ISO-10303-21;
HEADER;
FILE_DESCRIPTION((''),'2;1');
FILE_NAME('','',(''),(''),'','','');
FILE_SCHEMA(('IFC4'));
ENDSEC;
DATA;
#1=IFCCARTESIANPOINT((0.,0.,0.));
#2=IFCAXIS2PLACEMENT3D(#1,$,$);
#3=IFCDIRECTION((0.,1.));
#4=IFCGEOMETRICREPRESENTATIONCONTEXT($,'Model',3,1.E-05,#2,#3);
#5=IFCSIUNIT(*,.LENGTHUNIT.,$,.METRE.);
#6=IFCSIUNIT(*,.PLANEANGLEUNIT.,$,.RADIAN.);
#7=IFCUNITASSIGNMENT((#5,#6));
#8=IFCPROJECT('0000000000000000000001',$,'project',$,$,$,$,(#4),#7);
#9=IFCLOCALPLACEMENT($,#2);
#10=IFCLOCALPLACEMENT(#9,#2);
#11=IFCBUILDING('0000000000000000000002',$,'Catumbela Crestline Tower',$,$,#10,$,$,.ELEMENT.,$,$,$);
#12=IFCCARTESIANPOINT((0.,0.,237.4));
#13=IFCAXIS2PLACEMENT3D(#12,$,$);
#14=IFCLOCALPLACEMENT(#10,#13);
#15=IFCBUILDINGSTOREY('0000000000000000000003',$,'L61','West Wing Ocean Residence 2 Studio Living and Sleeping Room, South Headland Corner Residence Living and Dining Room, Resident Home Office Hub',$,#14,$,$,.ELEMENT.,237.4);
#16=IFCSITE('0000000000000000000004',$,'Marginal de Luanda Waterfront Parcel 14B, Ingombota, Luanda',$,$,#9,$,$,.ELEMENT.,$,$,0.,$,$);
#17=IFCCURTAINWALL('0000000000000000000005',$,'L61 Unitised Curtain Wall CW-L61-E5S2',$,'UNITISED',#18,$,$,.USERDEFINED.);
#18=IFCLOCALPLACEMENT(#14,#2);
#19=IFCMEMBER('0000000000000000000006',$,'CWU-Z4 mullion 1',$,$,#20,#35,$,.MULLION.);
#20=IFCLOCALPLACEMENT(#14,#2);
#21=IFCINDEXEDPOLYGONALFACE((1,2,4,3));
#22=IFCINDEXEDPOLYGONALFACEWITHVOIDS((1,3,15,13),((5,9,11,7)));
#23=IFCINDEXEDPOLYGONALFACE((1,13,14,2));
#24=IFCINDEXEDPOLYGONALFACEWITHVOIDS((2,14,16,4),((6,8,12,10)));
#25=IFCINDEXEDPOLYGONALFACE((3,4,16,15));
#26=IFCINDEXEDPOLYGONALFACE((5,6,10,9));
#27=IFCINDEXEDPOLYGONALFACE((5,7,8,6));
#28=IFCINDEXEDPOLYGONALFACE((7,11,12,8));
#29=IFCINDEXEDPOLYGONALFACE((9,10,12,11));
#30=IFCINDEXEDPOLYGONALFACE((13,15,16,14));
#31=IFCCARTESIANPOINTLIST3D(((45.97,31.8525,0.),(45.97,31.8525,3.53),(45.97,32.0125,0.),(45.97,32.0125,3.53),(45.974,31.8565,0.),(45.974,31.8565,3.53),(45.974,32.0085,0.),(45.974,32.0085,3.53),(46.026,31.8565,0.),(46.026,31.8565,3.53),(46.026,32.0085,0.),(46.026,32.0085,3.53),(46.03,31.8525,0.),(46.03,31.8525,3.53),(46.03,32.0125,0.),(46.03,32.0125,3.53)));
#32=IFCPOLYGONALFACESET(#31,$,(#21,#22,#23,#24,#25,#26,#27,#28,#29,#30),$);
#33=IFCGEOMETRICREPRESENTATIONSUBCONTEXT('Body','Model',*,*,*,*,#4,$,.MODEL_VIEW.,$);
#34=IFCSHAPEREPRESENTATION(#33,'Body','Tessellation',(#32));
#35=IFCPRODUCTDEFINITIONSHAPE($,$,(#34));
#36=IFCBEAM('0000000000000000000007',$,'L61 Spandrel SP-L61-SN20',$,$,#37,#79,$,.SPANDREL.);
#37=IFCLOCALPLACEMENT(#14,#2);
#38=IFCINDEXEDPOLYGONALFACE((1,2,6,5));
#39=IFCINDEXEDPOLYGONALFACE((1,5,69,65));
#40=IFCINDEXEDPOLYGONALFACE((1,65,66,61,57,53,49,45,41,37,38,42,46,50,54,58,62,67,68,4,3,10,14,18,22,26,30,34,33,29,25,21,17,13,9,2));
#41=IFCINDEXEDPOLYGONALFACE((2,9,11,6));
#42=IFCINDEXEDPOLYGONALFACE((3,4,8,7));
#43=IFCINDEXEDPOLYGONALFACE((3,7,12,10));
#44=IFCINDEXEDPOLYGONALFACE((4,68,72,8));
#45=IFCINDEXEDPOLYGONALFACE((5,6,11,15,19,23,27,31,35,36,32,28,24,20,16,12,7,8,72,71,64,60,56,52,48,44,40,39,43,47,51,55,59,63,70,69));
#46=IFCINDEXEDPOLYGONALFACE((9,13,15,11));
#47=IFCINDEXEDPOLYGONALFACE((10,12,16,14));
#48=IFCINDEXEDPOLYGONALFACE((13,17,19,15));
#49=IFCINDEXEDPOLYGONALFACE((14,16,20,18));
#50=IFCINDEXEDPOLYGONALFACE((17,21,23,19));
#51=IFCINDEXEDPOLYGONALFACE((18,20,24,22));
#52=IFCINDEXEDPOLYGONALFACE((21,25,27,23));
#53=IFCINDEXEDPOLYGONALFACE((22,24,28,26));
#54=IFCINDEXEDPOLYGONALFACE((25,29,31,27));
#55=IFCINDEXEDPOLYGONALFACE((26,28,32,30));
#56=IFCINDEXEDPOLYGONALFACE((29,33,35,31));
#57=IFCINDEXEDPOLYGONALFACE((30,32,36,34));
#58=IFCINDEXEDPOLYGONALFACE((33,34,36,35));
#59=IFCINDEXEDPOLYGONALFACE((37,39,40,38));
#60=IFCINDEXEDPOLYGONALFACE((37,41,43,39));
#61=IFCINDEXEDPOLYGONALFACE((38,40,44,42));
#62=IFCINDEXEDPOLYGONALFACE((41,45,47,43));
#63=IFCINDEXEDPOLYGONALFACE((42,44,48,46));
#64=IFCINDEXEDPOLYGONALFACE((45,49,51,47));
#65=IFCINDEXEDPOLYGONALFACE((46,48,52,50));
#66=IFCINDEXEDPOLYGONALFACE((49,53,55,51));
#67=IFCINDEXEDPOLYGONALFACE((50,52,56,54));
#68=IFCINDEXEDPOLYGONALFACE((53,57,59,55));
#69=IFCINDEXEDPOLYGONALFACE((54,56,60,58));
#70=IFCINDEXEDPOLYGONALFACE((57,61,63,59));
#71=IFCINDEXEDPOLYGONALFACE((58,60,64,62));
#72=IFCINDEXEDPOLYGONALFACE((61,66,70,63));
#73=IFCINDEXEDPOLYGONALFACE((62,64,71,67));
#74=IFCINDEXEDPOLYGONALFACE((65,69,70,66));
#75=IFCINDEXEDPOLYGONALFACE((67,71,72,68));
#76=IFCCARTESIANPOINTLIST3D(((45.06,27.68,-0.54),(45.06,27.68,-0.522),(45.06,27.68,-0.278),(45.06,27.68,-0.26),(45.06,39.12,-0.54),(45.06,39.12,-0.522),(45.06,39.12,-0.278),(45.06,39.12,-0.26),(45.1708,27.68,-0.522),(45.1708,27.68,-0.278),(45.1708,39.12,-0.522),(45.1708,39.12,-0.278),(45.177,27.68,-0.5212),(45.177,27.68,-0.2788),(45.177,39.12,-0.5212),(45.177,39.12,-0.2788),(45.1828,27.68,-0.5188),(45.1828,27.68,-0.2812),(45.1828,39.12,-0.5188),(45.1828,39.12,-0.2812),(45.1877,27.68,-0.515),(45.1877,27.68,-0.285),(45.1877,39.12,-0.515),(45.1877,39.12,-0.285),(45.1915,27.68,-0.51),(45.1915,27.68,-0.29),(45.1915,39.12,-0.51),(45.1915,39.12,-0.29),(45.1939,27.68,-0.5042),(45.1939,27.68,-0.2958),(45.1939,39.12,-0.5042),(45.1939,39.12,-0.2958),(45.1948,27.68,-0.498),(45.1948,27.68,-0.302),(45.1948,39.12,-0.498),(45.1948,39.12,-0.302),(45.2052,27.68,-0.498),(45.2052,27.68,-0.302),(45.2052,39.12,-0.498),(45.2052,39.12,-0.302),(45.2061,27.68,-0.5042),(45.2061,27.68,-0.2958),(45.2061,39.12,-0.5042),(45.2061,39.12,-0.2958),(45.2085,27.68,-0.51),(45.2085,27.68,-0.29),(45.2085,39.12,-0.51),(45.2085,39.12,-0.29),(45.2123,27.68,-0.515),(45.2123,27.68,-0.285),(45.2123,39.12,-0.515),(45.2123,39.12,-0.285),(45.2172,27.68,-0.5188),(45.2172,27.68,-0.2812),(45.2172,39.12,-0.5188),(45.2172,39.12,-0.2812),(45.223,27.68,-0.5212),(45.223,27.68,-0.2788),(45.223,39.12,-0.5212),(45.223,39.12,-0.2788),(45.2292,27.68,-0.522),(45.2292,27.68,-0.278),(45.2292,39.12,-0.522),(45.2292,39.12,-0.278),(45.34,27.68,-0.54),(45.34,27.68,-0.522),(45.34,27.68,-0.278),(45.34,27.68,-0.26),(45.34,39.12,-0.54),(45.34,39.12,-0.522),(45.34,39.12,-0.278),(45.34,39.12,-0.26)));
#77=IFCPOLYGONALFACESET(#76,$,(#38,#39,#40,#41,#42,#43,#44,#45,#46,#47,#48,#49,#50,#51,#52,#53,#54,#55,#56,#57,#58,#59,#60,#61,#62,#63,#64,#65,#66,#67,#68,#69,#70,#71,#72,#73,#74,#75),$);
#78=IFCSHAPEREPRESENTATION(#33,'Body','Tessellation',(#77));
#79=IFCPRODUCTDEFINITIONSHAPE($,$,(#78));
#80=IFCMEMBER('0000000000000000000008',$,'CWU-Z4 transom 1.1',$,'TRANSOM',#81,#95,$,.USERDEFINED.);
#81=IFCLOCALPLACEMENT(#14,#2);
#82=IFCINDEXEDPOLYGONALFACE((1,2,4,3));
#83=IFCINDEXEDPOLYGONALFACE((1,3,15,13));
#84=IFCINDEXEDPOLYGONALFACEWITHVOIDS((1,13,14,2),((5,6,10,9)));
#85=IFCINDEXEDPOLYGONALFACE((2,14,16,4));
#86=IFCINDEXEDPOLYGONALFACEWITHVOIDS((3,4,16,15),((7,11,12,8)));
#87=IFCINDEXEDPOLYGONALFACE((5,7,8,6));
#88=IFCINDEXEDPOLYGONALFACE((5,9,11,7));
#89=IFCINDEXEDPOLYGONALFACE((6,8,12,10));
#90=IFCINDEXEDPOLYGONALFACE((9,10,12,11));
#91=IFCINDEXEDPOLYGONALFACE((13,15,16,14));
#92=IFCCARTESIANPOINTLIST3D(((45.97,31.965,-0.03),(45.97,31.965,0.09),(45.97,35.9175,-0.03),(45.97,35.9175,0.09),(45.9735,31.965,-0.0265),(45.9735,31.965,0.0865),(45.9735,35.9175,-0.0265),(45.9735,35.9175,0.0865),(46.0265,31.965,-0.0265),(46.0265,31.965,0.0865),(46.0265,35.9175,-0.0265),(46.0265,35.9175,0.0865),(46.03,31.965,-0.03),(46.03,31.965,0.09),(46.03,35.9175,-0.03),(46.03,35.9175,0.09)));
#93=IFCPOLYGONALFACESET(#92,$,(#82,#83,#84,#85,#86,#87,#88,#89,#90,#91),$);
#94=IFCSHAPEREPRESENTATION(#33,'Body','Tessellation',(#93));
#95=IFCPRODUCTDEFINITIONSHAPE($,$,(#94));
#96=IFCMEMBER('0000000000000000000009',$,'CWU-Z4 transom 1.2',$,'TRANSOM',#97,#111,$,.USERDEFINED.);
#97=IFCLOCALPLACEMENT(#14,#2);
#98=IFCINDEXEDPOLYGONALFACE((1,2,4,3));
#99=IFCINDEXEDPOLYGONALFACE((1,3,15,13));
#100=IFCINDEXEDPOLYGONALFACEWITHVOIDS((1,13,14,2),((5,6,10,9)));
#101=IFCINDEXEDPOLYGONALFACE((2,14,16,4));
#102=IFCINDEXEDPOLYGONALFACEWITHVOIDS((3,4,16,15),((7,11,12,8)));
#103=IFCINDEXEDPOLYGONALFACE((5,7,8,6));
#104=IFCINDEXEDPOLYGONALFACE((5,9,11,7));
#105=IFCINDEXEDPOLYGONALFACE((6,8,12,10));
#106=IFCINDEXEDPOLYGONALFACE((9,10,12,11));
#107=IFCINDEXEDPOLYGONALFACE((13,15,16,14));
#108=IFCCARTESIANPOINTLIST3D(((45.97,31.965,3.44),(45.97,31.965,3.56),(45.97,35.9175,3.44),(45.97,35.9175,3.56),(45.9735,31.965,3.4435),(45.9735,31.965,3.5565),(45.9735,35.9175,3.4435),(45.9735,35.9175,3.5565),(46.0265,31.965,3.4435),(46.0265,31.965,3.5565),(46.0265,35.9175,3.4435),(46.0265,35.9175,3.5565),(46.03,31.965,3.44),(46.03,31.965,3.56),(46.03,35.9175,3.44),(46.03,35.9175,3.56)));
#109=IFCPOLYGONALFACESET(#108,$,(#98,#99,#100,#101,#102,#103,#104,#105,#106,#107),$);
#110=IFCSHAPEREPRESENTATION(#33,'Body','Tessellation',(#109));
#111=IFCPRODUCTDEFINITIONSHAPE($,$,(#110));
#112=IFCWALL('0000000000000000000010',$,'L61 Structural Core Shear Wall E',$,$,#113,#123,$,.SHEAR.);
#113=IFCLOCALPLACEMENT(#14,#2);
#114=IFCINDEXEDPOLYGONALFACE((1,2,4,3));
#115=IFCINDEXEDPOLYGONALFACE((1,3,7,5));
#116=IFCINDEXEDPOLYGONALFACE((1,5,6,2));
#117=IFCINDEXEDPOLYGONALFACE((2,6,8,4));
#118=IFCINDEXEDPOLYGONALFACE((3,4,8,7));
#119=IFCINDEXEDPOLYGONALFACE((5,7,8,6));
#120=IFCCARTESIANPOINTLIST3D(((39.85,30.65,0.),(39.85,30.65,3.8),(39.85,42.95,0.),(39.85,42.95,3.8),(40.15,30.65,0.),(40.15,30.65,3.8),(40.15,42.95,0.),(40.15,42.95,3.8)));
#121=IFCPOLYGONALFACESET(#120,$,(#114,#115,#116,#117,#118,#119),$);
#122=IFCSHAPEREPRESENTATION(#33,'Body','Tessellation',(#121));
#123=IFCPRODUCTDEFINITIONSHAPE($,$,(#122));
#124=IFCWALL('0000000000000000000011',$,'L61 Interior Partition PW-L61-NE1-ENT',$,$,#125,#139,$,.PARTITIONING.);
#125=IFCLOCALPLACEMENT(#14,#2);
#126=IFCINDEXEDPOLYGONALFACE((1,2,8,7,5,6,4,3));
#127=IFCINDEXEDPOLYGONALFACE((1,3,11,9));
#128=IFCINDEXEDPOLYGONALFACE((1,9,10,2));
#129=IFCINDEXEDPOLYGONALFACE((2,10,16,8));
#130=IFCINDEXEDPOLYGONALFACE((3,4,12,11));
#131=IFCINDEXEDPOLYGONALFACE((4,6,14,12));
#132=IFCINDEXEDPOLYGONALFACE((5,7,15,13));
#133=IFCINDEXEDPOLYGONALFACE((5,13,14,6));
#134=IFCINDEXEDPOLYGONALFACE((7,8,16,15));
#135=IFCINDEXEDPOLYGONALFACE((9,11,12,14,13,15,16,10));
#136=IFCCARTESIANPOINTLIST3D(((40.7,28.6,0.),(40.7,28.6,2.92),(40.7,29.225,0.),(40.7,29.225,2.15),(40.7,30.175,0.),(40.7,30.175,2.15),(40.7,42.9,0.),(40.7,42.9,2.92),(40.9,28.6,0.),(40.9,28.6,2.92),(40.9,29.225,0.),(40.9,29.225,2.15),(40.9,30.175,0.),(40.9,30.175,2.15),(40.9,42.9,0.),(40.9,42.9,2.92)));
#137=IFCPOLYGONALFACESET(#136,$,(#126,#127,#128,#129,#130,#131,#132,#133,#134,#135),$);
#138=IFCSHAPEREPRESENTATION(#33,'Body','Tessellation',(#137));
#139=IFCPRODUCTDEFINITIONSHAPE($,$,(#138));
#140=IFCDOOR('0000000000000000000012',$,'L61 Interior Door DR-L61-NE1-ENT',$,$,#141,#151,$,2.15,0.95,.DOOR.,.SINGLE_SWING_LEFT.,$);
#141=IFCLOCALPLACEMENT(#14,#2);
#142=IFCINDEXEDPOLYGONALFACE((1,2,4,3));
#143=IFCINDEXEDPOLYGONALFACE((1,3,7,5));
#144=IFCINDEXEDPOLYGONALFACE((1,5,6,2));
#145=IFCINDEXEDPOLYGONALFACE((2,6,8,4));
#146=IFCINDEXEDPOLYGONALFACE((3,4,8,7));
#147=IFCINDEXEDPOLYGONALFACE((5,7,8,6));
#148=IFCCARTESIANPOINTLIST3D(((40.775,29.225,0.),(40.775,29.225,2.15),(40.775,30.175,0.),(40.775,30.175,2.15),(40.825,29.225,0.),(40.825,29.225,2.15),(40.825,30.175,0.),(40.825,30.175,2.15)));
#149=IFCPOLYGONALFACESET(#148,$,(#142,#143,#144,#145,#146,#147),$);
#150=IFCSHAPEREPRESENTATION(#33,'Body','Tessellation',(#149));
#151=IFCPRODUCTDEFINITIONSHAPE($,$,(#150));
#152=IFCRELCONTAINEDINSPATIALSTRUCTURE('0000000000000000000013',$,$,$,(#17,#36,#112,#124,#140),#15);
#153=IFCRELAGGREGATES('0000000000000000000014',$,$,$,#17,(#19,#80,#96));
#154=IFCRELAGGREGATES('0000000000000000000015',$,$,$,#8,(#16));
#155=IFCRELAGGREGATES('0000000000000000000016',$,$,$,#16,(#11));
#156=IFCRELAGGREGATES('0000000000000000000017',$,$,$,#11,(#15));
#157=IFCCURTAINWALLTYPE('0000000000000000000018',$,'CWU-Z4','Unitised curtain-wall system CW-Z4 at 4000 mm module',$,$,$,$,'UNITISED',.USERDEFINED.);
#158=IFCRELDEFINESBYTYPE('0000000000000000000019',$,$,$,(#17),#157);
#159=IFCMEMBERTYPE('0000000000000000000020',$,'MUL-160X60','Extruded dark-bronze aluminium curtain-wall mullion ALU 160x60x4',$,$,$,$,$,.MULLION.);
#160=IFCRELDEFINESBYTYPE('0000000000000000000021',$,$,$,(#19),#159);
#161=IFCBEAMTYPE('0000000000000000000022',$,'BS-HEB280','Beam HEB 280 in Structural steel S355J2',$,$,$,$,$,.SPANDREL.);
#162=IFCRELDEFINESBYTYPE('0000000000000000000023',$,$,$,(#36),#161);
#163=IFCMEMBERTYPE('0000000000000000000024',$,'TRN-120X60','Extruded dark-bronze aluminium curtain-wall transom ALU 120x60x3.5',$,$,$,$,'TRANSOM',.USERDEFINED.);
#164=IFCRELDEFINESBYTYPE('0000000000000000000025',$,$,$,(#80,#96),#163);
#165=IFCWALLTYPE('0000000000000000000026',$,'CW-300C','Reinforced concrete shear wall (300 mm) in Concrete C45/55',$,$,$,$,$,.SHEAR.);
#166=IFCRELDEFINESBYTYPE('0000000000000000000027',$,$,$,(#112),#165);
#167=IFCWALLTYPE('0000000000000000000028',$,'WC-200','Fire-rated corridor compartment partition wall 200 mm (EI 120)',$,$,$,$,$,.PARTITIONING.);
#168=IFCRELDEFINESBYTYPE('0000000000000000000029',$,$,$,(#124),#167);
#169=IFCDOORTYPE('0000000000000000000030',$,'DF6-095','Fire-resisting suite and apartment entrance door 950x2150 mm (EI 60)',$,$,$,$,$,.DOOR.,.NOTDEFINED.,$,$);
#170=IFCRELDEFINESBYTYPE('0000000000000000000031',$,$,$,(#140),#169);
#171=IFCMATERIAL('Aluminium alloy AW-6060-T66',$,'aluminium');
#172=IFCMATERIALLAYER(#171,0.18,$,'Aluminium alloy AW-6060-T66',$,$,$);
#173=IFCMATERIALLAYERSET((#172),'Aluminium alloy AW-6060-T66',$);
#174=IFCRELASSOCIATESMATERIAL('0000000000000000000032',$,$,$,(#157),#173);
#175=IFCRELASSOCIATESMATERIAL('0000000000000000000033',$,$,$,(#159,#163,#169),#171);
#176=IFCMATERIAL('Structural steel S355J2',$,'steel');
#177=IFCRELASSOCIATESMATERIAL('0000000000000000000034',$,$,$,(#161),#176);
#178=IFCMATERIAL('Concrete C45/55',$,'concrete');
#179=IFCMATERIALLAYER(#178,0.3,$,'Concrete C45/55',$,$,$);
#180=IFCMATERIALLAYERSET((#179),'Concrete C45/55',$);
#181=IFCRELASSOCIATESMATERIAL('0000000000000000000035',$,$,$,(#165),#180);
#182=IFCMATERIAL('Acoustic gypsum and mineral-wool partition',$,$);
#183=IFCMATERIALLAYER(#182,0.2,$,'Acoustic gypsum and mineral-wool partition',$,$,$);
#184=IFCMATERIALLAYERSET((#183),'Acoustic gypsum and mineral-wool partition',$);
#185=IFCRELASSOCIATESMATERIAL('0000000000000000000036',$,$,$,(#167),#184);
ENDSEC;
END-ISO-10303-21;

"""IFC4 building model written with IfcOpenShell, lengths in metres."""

from ifc_helpers import new_model, si_unit, direction, frame, frame_2d, origin, origin_2d, place, context, subcontext, project, spatial, rectangle, hollow_rectangle, i_section, extrude, material, layer, layer_set, material_profile, profile_set, type_object, element, fill, aggregate, save


model = new_model("IFC4")

# Units and contexts
model_context = context("Model", 3, precision=1e-05, world=origin(), true_north=direction((0.0, 1.0)))
body_context = subcontext(model_context, "Body", "Model", "MODEL_VIEW")
ifc_project = project(units=[si_unit("LENGTHUNIT", "METRE"), si_unit("PLANEANGLEUNIT", "RADIAN")], contexts=[model_context])

# Site, building, storey
site_placement = place(None, origin())
site = spatial("IfcSite", under=ifc_project, at=site_placement, Name="Marginal de Luanda Waterfront Parcel 14B, Ingombota, Luanda", CompositionType="ELEMENT", RefElevation=0.0)
building_placement = place(site_placement, origin())
building = spatial("IfcBuilding", under=site, at=building_placement, Name="Catumbela Crestline Tower", CompositionType="ELEMENT")
storey_placement = place(building_placement, frame((0.0, 0.0, 237.4)))
storey = spatial("IfcBuildingStorey", under=building, at=storey_placement, Name="L61", Description="West Wing Ocean Residence 2 Studio Living and Sleeping Room, South Headland Corner Residence Living and Dining Room, Resident Home Office Hub", CompositionType="ELEMENT", Elevation=237.4)

# Shared definitions
ifc_material_1 = material(Name="Structural steel S355J2", Category="steel")

# Curtain wall, member
ifc_material_2 = material(Name="Aluminium alloy AW-6060-T66", Category="aluminium")
ifc_layer_1 = layer(ifc_material_2, 0.18, Name="Aluminium alloy AW-6060-T66")
ifc_layer_set_1 = layer_set([ifc_layer_1], Name="Aluminium alloy AW-6060-T66")
curtain_wall_type = type_object("IfcCurtainWallType", Name="CWU-Z4", Description="Unitised curtain-wall system CW-Z4 at 4000 mm module", ElementType="UNITISED", PredefinedType="USERDEFINED", material=ifc_layer_set_1)
curtain_wall_placement = place(storey_placement, origin())
curtain_wall = element("IfcCurtainWall", 1, at=curtain_wall_placement, inside=storey, type_object=curtain_wall_type, Name="L61 Unitised Curtain Wall CW-L61-E5S2", ObjectType="UNITISED", PredefinedType="USERDEFINED")
ifc_material_profile_1 = material_profile(ifc_material_2, hollow_rectangle(XDim=0.06, YDim=0.16, WallThickness=0.004, at=origin_2d()), Name="ALU 160x60x4")
ifc_profile_set_1 = profile_set([ifc_material_profile_1], Name="Aluminium alloy AW-6060-T66")
member_type_1 = type_object("IfcMemberType", Name="MUL-160X60", Description="Extruded dark-bronze aluminium curtain-wall mullion ALU 160x60x4", PredefinedType="MULLION", material=ifc_profile_set_1)
member_1_placement = place(storey_placement, frame((46.0, 31.9325, 0.0), z_axis=(0.0, 0.0, 1.0), x_axis=(-1.0, 0.0, 0.0)))
member_1 = element("IfcMember", 2, at=member_1_placement, type_object=member_type_1, Name="CWU-Z4 mullion 1", PredefinedType="MULLION", context=body_context, shape_type="SweptSolid", body=[
    extrude(hollow_rectangle(XDim=0.06, YDim=0.16, WallThickness=0.004, at=origin_2d()), origin(), (0.0, 0.0, 1.0), 3.53),
])

# Beam
ifc_material_profile_2 = material_profile(ifc_material_1, i_section(OverallWidth=0.28, OverallDepth=0.28, WebThickness=0.0105, FlangeThickness=0.018, FilletRadius=0.024, at=origin_2d()), Name="HEB 280")
ifc_profile_set_2 = profile_set([ifc_material_profile_2], Name="Structural steel S355J2")
beam_type_1 = type_object("IfcBeamType", Name="BS-HEB280", Description="Beam HEB 280 in Structural steel S355J2", PredefinedType="SPANDREL", material=ifc_profile_set_2)
beam_1_placement = place(storey_placement, frame((45.2, 27.68, -0.4), z_axis=(0.0, 1.0, 0.0), x_axis=(-1.0, 0.0, 0.0)))
element("IfcBeam", 3, at=beam_1_placement, inside=storey, type_object=beam_type_1, Name="L61 Spandrel SP-L61-SN20", PredefinedType="SPANDREL", context=body_context, shape_type="SweptSolid", body=[
    extrude(i_section(OverallWidth=0.28, OverallDepth=0.28, WebThickness=0.0105, FlangeThickness=0.018, FilletRadius=0.024, at=origin_2d()), origin(), (0.0, 0.0, 1.0), 11.44),
])

# Members
ifc_material_profile_3 = material_profile(ifc_material_2, hollow_rectangle(XDim=0.06, YDim=0.12, WallThickness=0.0035, at=origin_2d()), Name="ALU 120x60x3.5")
ifc_profile_set_3 = profile_set([ifc_material_profile_3], Name="Aluminium alloy AW-6060-T66")
member_type_2 = type_object("IfcMemberType", Name="TRN-120X60", Description="Extruded dark-bronze aluminium curtain-wall transom ALU 120x60x3.5", ElementType="TRANSOM", PredefinedType="USERDEFINED", material=ifc_profile_set_3)
member_2_placement = place(storey_placement, frame((46.0, 31.965, 0.03), z_axis=(0.0, 1.0, 0.0), x_axis=(-1.0, 0.0, 0.0)))
member_2 = element("IfcMember", 4, at=member_2_placement, type_object=member_type_2, Name="CWU-Z4 transom 1.1", ObjectType="TRANSOM", PredefinedType="USERDEFINED", context=body_context, shape_type="SweptSolid", body=[
    extrude(hollow_rectangle(XDim=0.06, YDim=0.12, WallThickness=0.0035, at=origin_2d()), origin(), (0.0, 0.0, 1.0), 3.9525),
])
member_3_placement = place(storey_placement, frame((46.0, 31.965, 3.5), z_axis=(0.0, 1.0, 0.0), x_axis=(-1.0, 0.0, 0.0)))
member_3 = element("IfcMember", 5, at=member_3_placement, type_object=member_type_2, Name="CWU-Z4 transom 1.2", ObjectType="TRANSOM", PredefinedType="USERDEFINED", context=body_context, shape_type="SweptSolid", body=[
    extrude(hollow_rectangle(XDim=0.06, YDim=0.12, WallThickness=0.0035, at=origin_2d()), origin(), (0.0, 0.0, 1.0), 3.9525),
])
aggregate(curtain_wall, [member_1, member_2, member_3])

# Wall
ifc_material_3 = material(Name="Concrete C45/55", Category="concrete")
ifc_layer_2 = layer(ifc_material_3, 0.3, Name="Concrete C45/55")
ifc_layer_set_2 = layer_set([ifc_layer_2], Name="Concrete C45/55")
wall_type_1 = type_object("IfcWallType", Name="CW-300C", Description="Reinforced concrete shear wall (300 mm) in Concrete C45/55", PredefinedType="SHEAR", material=ifc_layer_set_2)
wall_1_placement = place(storey_placement, frame((40.0, 30.65, 0.0), z_axis=(0.0, 0.0, 1.0), x_axis=(0.0, 1.0, 0.0)))
element("IfcWall", 6, at=wall_1_placement, inside=storey, type_object=wall_type_1, Name="L61 Structural Core Shear Wall E", PredefinedType="SHEAR", context=body_context, shape_type="SweptSolid", body=[
    extrude(rectangle(XDim=12.3, YDim=0.3, at=frame_2d((6.15, 0.0))), origin(), (0.0, 0.0, 1.0), 3.8),
])

# Wall, opening, door
ifc_material_4 = material(Name="Acoustic gypsum and mineral-wool partition")
ifc_layer_3 = layer(ifc_material_4, 0.2, Name="Acoustic gypsum and mineral-wool partition")
ifc_layer_set_3 = layer_set([ifc_layer_3], Name="Acoustic gypsum and mineral-wool partition")
wall_type_2 = type_object("IfcWallType", Name="WC-200", Description="Fire-rated corridor compartment partition wall 200 mm (EI 120)", PredefinedType="PARTITIONING", material=ifc_layer_set_3)
wall_2_placement = place(storey_placement, frame((40.8, 28.6, 0.0), z_axis=(0.0, 0.0, 1.0), x_axis=(0.0, 1.0, 0.0)))
wall_2 = element("IfcWall", 7, at=wall_2_placement, inside=storey, type_object=wall_type_2, Name="L61 Interior Partition PW-L61-NE1-ENT", PredefinedType="PARTITIONING", context=body_context, shape_type="SweptSolid", body=[
    extrude(rectangle(XDim=14.3, YDim=0.2, at=frame_2d((7.15, 0.0))), origin(), (0.0, 0.0, 1.0), 2.92),
])
opening_1_placement = place(wall_2_placement, frame((0.625, 0.0, 0.0)))
opening_1 = element("IfcOpeningElement", 8, at=opening_1_placement, cuts=wall_2, PredefinedType="OPENING", context=body_context, shape_type="SweptSolid", body=[
    extrude(rectangle(XDim=0.95, YDim=2.15, at=frame_2d((0.475, 1.075))), frame((0.0, 0.11, 0.0), z_axis=(0.0, -1.0, 0.0), x_axis=(1.0, 0.0, 0.0)), (0.0, 0.0, 1.0), 0.22),
])
door_type_1 = type_object("IfcDoorType", Name="DF6-095", Description="Fire-resisting suite and apartment entrance door 950x2150 mm (EI 60)", OperationType="NOTDEFINED", PredefinedType="DOOR", material=ifc_material_2)
door_1_placement = place(opening_1_placement, origin())
door_1 = element("IfcDoor", 9, at=door_1_placement, inside=storey, type_object=door_type_1, Name="L61 Interior Door DR-L61-NE1-ENT", OperationType="SINGLE_SWING_LEFT", OverallHeight=2.15, OverallWidth=0.95, PredefinedType="DOOR", context=body_context, shape_type="SweptSolid", body=[
    extrude(rectangle(XDim=0.95, YDim=2.15, at=frame_2d((0.475, 1.075))), frame((0.0, 0.025, 0.0), z_axis=(0.0, -1.0, 0.0), x_axis=(1.0, 0.0, 0.0)), (0.0, 0.0, 1.0), 0.05),
])
fill(opening_1, door_1)

save(model, "model.ifc")
